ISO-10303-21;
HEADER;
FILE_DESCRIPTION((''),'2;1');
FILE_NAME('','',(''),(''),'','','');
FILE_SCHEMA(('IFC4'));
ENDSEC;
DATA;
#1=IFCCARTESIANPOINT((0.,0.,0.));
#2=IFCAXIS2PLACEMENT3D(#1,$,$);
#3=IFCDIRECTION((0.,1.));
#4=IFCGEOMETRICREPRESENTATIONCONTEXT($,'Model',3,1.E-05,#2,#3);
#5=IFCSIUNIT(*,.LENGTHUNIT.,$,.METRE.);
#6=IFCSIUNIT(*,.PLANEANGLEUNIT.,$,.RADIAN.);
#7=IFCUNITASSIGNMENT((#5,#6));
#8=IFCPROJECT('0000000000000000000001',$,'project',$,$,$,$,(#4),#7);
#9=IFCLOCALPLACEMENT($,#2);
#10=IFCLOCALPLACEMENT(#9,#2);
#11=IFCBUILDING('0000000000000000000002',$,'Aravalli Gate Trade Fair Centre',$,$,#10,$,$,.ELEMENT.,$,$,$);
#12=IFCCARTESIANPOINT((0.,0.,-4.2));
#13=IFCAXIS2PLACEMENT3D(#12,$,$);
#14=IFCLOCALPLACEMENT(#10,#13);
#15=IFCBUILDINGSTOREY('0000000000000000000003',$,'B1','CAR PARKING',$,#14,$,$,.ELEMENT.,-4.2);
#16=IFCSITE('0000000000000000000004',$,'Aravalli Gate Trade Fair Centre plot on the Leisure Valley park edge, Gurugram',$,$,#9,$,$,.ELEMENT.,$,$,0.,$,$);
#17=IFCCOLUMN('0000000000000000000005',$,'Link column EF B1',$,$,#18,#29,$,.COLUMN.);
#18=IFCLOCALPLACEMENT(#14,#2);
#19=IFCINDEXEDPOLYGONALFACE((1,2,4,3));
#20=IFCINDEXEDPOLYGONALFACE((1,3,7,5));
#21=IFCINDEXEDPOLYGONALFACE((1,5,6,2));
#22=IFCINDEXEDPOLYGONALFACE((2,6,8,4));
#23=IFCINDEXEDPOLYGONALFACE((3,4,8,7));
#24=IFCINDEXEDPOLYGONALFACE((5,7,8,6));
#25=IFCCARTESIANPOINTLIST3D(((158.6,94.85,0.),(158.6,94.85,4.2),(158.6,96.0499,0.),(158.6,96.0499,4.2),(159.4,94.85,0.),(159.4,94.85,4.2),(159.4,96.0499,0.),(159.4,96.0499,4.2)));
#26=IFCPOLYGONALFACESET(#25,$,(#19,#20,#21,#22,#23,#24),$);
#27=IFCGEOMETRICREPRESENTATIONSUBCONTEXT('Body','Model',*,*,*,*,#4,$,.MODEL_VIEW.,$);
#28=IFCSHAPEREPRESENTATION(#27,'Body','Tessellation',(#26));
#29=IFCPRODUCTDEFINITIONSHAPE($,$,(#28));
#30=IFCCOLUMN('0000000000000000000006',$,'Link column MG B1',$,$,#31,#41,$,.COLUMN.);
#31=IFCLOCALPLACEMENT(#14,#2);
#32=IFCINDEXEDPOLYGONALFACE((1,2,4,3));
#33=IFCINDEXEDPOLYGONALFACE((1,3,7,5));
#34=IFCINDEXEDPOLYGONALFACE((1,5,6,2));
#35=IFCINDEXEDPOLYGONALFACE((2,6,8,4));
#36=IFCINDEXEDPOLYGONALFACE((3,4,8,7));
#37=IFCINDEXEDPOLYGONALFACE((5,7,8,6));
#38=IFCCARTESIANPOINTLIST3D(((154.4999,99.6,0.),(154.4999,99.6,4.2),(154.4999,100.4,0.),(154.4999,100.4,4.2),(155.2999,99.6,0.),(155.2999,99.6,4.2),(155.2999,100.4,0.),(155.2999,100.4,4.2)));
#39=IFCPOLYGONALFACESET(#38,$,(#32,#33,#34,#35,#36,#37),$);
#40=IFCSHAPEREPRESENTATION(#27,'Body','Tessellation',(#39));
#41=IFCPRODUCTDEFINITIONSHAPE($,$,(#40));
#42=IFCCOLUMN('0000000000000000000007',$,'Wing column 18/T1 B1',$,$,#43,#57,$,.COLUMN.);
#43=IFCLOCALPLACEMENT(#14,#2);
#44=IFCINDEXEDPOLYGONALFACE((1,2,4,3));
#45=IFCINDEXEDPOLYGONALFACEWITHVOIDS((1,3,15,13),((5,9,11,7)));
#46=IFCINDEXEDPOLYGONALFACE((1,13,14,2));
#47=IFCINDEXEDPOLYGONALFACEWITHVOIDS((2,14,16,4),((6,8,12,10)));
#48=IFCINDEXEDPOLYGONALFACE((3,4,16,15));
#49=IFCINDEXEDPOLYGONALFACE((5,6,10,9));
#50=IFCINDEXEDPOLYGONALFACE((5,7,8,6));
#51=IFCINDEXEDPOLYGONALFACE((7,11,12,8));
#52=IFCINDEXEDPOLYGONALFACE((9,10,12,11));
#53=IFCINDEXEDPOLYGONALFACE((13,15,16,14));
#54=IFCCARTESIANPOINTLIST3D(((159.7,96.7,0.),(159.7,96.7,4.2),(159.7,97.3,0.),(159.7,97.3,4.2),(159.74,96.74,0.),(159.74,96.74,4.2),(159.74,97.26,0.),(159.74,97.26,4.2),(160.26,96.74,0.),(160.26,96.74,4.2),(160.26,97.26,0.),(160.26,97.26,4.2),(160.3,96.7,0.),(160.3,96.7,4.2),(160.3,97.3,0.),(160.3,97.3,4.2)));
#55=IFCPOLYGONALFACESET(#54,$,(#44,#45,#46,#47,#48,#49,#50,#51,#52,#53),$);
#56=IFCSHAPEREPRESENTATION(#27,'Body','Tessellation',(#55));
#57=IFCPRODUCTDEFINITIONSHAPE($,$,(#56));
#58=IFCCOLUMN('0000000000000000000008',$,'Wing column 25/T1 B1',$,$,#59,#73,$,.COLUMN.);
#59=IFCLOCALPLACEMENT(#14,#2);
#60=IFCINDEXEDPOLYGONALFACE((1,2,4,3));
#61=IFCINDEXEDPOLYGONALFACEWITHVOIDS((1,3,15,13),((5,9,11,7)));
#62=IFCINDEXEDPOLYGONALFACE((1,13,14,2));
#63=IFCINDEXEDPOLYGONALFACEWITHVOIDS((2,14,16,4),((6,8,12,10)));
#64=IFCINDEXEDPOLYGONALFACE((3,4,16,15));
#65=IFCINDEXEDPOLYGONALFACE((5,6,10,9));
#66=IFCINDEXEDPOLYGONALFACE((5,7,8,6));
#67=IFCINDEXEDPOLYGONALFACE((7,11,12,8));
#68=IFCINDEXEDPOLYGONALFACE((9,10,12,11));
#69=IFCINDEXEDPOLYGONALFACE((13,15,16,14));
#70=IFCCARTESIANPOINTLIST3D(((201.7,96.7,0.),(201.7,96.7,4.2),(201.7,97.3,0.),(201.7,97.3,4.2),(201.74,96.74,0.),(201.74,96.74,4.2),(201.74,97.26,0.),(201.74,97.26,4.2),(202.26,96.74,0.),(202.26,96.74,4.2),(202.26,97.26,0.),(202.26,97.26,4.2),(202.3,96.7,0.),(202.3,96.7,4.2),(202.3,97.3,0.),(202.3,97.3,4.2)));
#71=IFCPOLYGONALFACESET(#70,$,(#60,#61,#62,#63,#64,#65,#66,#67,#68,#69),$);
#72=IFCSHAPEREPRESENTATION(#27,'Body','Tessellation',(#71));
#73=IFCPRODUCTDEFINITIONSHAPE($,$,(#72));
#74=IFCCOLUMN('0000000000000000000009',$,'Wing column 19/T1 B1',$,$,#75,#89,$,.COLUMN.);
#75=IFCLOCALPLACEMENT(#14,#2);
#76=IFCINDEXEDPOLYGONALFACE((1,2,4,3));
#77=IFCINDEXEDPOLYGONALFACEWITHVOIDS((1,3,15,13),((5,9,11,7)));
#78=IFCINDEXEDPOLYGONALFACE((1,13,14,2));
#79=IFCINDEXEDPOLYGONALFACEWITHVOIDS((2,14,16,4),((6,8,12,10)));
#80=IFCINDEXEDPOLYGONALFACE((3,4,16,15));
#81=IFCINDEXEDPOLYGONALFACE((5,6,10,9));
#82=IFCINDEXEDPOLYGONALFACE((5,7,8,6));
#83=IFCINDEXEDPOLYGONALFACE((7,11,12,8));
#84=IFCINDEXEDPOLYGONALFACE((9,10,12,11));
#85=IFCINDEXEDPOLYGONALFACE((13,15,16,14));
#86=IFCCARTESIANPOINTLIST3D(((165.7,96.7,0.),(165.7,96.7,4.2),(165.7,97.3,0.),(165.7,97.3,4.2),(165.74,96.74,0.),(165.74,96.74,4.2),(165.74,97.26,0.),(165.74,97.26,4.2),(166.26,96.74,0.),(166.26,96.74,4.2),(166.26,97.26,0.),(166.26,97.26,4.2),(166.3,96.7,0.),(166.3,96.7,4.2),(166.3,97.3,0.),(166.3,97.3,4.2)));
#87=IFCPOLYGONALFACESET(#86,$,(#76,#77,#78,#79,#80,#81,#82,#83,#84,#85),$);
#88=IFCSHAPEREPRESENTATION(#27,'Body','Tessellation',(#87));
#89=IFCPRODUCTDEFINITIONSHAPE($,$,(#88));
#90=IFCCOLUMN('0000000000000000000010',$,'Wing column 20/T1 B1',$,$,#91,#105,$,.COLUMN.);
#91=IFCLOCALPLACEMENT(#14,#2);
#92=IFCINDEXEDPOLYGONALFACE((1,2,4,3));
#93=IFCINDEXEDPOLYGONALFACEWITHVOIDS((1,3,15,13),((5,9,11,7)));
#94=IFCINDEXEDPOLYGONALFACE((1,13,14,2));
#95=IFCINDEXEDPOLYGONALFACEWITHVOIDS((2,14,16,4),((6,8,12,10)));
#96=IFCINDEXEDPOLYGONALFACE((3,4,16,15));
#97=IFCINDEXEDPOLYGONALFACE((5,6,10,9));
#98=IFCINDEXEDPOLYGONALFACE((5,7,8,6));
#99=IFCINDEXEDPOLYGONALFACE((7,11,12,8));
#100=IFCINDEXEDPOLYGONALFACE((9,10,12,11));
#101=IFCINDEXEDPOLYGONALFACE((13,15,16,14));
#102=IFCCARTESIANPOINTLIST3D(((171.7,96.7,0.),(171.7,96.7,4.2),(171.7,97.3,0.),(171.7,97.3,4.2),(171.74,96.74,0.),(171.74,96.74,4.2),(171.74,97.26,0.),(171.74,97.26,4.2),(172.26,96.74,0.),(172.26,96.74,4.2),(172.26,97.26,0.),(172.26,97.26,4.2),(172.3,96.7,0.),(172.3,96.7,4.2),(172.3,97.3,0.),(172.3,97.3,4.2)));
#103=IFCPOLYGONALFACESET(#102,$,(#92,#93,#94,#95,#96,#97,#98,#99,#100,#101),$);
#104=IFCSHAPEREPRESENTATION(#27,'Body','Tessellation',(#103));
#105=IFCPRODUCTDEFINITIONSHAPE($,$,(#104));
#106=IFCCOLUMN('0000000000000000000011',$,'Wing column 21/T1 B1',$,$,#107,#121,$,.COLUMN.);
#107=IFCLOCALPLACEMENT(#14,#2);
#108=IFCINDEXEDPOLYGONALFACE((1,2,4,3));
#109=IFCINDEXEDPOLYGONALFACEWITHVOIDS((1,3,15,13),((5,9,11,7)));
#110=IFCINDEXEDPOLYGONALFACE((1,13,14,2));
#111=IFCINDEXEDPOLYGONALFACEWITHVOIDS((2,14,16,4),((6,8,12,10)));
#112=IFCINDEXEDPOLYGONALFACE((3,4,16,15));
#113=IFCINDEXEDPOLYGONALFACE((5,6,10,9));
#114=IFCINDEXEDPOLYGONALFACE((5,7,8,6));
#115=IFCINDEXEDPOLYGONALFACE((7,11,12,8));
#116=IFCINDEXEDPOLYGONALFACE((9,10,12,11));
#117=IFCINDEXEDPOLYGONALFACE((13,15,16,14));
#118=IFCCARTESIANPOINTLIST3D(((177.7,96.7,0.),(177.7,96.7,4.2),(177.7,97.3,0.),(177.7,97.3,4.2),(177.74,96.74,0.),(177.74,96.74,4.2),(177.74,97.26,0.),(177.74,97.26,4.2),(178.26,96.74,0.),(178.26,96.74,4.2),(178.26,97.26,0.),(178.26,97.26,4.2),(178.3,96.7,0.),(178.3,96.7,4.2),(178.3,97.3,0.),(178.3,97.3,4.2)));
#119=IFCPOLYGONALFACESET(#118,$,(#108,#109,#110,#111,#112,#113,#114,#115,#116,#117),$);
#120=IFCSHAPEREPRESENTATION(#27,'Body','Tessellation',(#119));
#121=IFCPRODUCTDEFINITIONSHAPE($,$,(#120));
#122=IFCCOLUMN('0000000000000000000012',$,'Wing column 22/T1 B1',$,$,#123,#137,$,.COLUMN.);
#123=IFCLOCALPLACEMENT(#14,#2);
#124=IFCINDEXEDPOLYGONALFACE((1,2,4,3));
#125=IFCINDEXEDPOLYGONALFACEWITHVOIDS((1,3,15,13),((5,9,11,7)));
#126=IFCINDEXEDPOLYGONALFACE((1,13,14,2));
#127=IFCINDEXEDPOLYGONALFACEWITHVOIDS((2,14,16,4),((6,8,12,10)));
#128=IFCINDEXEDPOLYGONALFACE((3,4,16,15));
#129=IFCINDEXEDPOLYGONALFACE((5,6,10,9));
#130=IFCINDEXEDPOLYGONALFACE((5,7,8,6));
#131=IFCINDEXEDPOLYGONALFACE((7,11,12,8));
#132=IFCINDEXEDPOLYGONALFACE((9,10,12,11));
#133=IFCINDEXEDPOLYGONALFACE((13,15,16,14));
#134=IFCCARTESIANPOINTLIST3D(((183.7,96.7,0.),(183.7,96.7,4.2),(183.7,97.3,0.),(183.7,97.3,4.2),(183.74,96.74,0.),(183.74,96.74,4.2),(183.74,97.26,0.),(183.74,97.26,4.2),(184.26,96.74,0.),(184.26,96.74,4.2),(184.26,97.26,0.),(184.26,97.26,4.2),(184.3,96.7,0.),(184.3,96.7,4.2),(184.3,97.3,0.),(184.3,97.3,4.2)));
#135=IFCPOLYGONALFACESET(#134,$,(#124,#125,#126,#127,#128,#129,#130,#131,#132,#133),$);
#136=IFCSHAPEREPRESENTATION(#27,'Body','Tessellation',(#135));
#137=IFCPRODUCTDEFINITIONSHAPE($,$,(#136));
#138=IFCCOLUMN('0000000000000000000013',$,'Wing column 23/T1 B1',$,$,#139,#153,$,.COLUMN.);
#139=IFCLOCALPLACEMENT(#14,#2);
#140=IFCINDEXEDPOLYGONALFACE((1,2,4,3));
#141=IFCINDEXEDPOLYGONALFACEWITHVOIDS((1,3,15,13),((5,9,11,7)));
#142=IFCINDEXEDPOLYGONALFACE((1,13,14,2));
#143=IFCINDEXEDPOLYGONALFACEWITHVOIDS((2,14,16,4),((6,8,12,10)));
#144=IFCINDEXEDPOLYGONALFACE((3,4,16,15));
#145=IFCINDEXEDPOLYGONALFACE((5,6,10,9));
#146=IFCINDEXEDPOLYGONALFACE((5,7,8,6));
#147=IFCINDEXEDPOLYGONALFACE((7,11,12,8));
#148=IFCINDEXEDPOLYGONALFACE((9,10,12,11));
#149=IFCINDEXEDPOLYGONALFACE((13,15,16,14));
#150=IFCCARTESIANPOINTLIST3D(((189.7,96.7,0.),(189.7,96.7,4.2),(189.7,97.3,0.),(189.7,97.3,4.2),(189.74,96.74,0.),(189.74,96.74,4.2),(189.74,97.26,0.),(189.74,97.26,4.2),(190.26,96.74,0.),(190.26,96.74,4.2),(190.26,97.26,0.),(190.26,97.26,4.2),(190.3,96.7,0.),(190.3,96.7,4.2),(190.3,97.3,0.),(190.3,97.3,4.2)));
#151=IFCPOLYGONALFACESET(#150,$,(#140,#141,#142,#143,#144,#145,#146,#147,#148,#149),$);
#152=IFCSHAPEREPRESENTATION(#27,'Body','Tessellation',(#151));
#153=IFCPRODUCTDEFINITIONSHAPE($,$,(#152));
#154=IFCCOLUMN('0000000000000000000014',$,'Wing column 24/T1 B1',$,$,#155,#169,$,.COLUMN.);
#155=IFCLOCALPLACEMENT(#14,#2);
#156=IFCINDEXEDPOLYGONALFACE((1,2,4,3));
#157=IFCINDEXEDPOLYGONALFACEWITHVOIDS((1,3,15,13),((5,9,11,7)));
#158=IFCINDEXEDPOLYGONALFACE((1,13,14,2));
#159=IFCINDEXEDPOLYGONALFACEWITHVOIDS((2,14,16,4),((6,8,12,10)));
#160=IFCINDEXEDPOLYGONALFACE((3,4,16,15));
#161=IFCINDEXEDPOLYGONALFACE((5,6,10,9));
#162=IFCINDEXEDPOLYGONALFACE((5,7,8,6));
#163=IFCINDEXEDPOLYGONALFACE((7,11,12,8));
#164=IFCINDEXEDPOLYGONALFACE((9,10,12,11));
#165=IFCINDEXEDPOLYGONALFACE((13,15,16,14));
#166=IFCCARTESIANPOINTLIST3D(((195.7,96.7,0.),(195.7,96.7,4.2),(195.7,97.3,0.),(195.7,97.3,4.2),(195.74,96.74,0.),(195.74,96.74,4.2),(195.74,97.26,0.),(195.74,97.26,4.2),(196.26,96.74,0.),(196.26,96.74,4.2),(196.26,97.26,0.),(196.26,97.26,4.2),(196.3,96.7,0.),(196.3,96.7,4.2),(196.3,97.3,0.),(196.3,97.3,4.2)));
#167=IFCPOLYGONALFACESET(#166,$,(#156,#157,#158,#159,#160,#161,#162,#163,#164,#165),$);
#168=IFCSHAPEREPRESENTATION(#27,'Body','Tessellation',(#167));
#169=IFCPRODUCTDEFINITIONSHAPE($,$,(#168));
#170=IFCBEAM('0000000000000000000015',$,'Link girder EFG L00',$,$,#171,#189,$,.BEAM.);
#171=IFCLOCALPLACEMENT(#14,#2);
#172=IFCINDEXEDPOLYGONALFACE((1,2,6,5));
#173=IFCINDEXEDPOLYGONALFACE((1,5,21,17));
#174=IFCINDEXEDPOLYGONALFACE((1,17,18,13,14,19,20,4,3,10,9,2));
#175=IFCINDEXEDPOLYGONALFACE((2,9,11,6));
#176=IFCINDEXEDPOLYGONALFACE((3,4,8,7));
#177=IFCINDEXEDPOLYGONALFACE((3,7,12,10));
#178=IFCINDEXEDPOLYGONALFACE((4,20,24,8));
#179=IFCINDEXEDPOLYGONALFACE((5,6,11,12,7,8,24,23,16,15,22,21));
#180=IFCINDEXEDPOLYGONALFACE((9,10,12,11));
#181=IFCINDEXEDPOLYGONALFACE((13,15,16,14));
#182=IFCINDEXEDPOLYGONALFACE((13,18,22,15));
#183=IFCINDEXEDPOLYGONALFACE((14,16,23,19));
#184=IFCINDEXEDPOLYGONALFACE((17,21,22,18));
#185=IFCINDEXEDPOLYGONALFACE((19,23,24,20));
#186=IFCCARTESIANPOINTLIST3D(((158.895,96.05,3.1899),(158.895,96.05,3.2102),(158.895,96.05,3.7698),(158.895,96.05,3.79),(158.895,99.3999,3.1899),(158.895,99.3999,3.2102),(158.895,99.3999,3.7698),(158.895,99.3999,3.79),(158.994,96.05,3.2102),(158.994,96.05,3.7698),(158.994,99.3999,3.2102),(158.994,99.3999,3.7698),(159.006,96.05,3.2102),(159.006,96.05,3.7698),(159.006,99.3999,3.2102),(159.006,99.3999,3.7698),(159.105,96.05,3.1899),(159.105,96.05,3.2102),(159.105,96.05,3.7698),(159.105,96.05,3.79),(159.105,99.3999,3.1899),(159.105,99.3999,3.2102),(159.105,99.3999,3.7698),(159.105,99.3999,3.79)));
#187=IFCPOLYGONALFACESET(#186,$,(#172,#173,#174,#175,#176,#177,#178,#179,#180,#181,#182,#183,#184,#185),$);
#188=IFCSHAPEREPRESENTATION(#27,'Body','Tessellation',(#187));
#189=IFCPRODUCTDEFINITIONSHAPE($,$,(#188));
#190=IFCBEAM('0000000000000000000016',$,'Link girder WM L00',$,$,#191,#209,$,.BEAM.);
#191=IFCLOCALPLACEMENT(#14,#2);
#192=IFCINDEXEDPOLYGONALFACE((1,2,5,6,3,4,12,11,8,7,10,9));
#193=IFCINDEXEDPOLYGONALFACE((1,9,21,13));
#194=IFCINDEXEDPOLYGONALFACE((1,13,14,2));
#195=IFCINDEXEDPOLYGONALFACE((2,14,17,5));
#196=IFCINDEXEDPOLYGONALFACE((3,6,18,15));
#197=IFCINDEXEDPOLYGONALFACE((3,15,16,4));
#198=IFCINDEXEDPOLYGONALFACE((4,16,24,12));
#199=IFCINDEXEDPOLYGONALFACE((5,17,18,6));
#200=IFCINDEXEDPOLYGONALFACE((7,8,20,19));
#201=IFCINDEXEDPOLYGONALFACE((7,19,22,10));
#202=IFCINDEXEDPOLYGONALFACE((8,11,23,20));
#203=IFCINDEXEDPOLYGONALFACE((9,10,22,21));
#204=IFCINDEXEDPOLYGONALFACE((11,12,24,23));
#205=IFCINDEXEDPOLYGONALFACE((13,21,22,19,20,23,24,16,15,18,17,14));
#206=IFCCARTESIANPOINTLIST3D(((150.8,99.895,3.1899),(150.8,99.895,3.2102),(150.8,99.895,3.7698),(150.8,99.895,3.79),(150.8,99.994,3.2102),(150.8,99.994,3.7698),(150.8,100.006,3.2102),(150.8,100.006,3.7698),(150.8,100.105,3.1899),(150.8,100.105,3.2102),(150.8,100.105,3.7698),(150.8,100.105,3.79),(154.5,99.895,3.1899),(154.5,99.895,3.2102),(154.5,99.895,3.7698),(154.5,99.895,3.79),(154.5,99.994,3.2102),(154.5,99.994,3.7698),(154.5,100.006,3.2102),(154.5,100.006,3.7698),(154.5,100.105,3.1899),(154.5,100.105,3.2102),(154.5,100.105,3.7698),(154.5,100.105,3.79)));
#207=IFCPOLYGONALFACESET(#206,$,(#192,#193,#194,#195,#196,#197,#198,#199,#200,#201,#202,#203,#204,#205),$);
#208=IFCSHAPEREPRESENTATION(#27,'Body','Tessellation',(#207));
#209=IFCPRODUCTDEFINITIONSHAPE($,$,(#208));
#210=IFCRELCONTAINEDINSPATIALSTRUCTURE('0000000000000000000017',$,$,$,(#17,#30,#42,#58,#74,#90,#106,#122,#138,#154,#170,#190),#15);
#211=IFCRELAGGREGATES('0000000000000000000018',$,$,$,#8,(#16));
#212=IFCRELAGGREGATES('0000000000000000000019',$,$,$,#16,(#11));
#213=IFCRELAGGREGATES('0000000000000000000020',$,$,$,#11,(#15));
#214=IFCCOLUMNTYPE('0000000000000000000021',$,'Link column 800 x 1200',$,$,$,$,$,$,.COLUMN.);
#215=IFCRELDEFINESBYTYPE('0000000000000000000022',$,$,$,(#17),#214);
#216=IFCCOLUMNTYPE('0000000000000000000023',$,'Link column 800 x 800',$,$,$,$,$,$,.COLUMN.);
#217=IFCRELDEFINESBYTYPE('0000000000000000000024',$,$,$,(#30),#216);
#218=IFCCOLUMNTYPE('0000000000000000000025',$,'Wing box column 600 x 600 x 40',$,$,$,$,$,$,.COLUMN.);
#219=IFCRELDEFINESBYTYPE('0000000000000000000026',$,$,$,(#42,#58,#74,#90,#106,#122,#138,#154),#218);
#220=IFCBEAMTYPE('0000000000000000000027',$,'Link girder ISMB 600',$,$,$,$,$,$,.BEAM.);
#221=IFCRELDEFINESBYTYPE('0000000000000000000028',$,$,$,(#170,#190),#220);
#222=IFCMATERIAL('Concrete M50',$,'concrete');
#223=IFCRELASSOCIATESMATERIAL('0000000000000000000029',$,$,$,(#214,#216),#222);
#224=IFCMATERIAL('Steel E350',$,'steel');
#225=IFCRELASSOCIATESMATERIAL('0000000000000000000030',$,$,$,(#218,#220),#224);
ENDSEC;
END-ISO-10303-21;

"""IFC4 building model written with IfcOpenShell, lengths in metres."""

from ifc_helpers import new_model, si_unit, direction, frame, origin, origin_2d, place, context, subcontext, project, spatial, rectangle, hollow_rectangle, i_section, extrude, material, material_profile, profile_set, type_object, element, save


model = new_model("IFC4")

# Units and contexts
model_context = context("Model", 3, precision=1e-05, world=origin(), true_north=direction((0.0, 1.0)))
body_context = subcontext(model_context, "Body", "Model", "MODEL_VIEW")
ifc_project = project(units=[si_unit("LENGTHUNIT", "METRE"), si_unit("PLANEANGLEUNIT", "RADIAN")], contexts=[model_context])

# Site, building, storey
site_placement = place(None, origin())
site = spatial("IfcSite", under=ifc_project, at=site_placement, Name="Aravalli Gate Trade Fair Centre plot on the Leisure Valley park edge, Gurugram", CompositionType="ELEMENT", RefElevation=0.0)
building_placement = place(site_placement, origin())
building = spatial("IfcBuilding", under=site, at=building_placement, Name="Aravalli Gate Trade Fair Centre", CompositionType="ELEMENT")
storey_placement = place(building_placement, frame((0.0, 0.0, -4.2)))
storey = spatial("IfcBuildingStorey", under=building, at=storey_placement, Name="B1", Description="CAR PARKING", CompositionType="ELEMENT", Elevation=-4.2)

# Columns
ifc_material_1 = material(Name="Concrete M50", Category="concrete")
ifc_material_profile_1 = material_profile(ifc_material_1, rectangle(XDim=0.8, YDim=1.2, at=origin_2d()), Name="Link column 800 x 1200")
ifc_profile_set_1 = profile_set([ifc_material_profile_1], Name="Concrete M50")
column_type_1 = type_object("IfcColumnType", Name="Link column 800 x 1200", PredefinedType="COLUMN", material=ifc_profile_set_1)
column_1_placement = place(storey_placement, frame((159.0, 95.45, 0.0), z_axis=(0.0, 0.0, 1.0), x_axis=(1.0, 0.0, 0.0)))
element("IfcColumn", 1, at=column_1_placement, inside=storey, type_object=column_type_1, Name="Link column EF B1", PredefinedType="COLUMN", context=body_context, shape_type="SweptSolid", body=[
    extrude(rectangle(XDim=0.8, YDim=1.2, at=origin_2d()), origin(), (0.0, 0.0, 1.0), 4.2),
])
ifc_material_profile_2 = material_profile(ifc_material_1, rectangle(XDim=0.8, YDim=0.8, at=origin_2d()), Name="Link column 800 x 800")
ifc_profile_set_2 = profile_set([ifc_material_profile_2], Name="Concrete M50")
column_type_2 = type_object("IfcColumnType", Name="Link column 800 x 800", PredefinedType="COLUMN", material=ifc_profile_set_2)
column_2_placement = place(storey_placement, frame((154.8999, 100.0, 0.0), z_axis=(0.0, 0.0, 1.0), x_axis=(1.0, 0.0, 0.0)))
element("IfcColumn", 2, at=column_2_placement, inside=storey, type_object=column_type_2, Name="Link column MG B1", PredefinedType="COLUMN", context=body_context, shape_type="SweptSolid", body=[
    extrude(rectangle(XDim=0.8, YDim=0.8, at=origin_2d()), origin(), (0.0, 0.0, 1.0), 4.2),
])
ifc_material_2 = material(Name="Steel E350", Category="steel")
ifc_material_profile_3 = material_profile(ifc_material_2, hollow_rectangle(XDim=0.6001, YDim=0.6001, WallThickness=0.04, at=origin_2d()), Name="BOX 600x600x40")
ifc_profile_set_3 = profile_set([ifc_material_profile_3], Name="Steel E350")
column_type_3 = type_object("IfcColumnType", Name="Wing box column 600 x 600 x 40", PredefinedType="COLUMN", material=ifc_profile_set_3)
for number, where, z_axis, x_axis, name in (
    (3, (160.0, 97.0, 0.0), (0.0, 0.0, 1.0), (1.0, 0.0, 0.0), "Wing column 18/T1 B1"),
    (4, (202.0, 97.0, 0.0), (0.0, 0.0, 1.0), (1.0, 0.0, 0.0), "Wing column 25/T1 B1"),
    (5, (166.0, 97.0, 0.0), (0.0, 0.0, 1.0), (1.0, 0.0, 0.0), "Wing column 19/T1 B1"),
    (6, (172.0, 97.0, 0.0), (0.0, 0.0, 1.0), (1.0, 0.0, 0.0), "Wing column 20/T1 B1"),
    (7, (178.0, 97.0, 0.0), (0.0, 0.0, 1.0), (1.0, 0.0, 0.0), "Wing column 21/T1 B1"),
    (8, (184.0, 97.0, 0.0), (0.0, 0.0, 1.0), (1.0, 0.0, 0.0), "Wing column 22/T1 B1"),
    (9, (190.0, 97.0, 0.0), (0.0, 0.0, 1.0), (1.0, 0.0, 0.0), "Wing column 23/T1 B1"),
    (10, (196.0, 97.0, 0.0), (0.0, 0.0, 1.0), (1.0, 0.0, 0.0), "Wing column 24/T1 B1"),
):
    element("IfcColumn", number, at=place(storey_placement, frame(where, z_axis=z_axis, x_axis=x_axis)), inside=storey, type_object=column_type_3, Name=name, PredefinedType="COLUMN", context=body_context, shape_type="SweptSolid", body=[
        extrude(hollow_rectangle(XDim=0.6001, YDim=0.6001, WallThickness=0.04, at=origin_2d()), origin(), (0.0, 0.0, 1.0), 4.2),
    ])

# Beams
ifc_material_profile_4 = material_profile(ifc_material_2, i_section(OverallWidth=0.21, OverallDepth=0.6001, WebThickness=0.012, FlangeThickness=0.0203, at=origin_2d()), Name="ISMB 600")
ifc_profile_set_4 = profile_set([ifc_material_profile_4], Name="Steel E350")
beam_type_1 = type_object("IfcBeamType", Name="Link girder ISMB 600", PredefinedType="BEAM", material=ifc_profile_set_4)
beam_1_placement = place(storey_placement, frame((159.0, 96.05, 3.49), z_axis=(0.0, 1.0, 0.0), x_axis=(-1.0, 0.0, 0.0)))
element("IfcBeam", 11, at=beam_1_placement, inside=storey, type_object=beam_type_1, Name="Link girder EFG L00", PredefinedType="BEAM", context=body_context, shape_type="SweptSolid", body=[
    extrude(i_section(OverallWidth=0.21, OverallDepth=0.6001, WebThickness=0.012, FlangeThickness=0.0203, at=origin_2d()), origin(), (0.0, 0.0, 1.0), 3.3499),
])
beam_2_placement = place(storey_placement, frame((150.8, 100.0, 3.49), z_axis=(1.0, 0.0, 0.0), x_axis=(0.0, 1.0, 0.0)))
element("IfcBeam", 12, at=beam_2_placement, inside=storey, type_object=beam_type_1, Name="Link girder WM L00", PredefinedType="BEAM", context=body_context, shape_type="SweptSolid", body=[
    extrude(i_section(OverallWidth=0.21, OverallDepth=0.6001, WebThickness=0.012, FlangeThickness=0.0203, at=origin_2d()), origin(), (0.0, 0.0, 1.0), 3.7),
])

save(model, "model.ifc")
